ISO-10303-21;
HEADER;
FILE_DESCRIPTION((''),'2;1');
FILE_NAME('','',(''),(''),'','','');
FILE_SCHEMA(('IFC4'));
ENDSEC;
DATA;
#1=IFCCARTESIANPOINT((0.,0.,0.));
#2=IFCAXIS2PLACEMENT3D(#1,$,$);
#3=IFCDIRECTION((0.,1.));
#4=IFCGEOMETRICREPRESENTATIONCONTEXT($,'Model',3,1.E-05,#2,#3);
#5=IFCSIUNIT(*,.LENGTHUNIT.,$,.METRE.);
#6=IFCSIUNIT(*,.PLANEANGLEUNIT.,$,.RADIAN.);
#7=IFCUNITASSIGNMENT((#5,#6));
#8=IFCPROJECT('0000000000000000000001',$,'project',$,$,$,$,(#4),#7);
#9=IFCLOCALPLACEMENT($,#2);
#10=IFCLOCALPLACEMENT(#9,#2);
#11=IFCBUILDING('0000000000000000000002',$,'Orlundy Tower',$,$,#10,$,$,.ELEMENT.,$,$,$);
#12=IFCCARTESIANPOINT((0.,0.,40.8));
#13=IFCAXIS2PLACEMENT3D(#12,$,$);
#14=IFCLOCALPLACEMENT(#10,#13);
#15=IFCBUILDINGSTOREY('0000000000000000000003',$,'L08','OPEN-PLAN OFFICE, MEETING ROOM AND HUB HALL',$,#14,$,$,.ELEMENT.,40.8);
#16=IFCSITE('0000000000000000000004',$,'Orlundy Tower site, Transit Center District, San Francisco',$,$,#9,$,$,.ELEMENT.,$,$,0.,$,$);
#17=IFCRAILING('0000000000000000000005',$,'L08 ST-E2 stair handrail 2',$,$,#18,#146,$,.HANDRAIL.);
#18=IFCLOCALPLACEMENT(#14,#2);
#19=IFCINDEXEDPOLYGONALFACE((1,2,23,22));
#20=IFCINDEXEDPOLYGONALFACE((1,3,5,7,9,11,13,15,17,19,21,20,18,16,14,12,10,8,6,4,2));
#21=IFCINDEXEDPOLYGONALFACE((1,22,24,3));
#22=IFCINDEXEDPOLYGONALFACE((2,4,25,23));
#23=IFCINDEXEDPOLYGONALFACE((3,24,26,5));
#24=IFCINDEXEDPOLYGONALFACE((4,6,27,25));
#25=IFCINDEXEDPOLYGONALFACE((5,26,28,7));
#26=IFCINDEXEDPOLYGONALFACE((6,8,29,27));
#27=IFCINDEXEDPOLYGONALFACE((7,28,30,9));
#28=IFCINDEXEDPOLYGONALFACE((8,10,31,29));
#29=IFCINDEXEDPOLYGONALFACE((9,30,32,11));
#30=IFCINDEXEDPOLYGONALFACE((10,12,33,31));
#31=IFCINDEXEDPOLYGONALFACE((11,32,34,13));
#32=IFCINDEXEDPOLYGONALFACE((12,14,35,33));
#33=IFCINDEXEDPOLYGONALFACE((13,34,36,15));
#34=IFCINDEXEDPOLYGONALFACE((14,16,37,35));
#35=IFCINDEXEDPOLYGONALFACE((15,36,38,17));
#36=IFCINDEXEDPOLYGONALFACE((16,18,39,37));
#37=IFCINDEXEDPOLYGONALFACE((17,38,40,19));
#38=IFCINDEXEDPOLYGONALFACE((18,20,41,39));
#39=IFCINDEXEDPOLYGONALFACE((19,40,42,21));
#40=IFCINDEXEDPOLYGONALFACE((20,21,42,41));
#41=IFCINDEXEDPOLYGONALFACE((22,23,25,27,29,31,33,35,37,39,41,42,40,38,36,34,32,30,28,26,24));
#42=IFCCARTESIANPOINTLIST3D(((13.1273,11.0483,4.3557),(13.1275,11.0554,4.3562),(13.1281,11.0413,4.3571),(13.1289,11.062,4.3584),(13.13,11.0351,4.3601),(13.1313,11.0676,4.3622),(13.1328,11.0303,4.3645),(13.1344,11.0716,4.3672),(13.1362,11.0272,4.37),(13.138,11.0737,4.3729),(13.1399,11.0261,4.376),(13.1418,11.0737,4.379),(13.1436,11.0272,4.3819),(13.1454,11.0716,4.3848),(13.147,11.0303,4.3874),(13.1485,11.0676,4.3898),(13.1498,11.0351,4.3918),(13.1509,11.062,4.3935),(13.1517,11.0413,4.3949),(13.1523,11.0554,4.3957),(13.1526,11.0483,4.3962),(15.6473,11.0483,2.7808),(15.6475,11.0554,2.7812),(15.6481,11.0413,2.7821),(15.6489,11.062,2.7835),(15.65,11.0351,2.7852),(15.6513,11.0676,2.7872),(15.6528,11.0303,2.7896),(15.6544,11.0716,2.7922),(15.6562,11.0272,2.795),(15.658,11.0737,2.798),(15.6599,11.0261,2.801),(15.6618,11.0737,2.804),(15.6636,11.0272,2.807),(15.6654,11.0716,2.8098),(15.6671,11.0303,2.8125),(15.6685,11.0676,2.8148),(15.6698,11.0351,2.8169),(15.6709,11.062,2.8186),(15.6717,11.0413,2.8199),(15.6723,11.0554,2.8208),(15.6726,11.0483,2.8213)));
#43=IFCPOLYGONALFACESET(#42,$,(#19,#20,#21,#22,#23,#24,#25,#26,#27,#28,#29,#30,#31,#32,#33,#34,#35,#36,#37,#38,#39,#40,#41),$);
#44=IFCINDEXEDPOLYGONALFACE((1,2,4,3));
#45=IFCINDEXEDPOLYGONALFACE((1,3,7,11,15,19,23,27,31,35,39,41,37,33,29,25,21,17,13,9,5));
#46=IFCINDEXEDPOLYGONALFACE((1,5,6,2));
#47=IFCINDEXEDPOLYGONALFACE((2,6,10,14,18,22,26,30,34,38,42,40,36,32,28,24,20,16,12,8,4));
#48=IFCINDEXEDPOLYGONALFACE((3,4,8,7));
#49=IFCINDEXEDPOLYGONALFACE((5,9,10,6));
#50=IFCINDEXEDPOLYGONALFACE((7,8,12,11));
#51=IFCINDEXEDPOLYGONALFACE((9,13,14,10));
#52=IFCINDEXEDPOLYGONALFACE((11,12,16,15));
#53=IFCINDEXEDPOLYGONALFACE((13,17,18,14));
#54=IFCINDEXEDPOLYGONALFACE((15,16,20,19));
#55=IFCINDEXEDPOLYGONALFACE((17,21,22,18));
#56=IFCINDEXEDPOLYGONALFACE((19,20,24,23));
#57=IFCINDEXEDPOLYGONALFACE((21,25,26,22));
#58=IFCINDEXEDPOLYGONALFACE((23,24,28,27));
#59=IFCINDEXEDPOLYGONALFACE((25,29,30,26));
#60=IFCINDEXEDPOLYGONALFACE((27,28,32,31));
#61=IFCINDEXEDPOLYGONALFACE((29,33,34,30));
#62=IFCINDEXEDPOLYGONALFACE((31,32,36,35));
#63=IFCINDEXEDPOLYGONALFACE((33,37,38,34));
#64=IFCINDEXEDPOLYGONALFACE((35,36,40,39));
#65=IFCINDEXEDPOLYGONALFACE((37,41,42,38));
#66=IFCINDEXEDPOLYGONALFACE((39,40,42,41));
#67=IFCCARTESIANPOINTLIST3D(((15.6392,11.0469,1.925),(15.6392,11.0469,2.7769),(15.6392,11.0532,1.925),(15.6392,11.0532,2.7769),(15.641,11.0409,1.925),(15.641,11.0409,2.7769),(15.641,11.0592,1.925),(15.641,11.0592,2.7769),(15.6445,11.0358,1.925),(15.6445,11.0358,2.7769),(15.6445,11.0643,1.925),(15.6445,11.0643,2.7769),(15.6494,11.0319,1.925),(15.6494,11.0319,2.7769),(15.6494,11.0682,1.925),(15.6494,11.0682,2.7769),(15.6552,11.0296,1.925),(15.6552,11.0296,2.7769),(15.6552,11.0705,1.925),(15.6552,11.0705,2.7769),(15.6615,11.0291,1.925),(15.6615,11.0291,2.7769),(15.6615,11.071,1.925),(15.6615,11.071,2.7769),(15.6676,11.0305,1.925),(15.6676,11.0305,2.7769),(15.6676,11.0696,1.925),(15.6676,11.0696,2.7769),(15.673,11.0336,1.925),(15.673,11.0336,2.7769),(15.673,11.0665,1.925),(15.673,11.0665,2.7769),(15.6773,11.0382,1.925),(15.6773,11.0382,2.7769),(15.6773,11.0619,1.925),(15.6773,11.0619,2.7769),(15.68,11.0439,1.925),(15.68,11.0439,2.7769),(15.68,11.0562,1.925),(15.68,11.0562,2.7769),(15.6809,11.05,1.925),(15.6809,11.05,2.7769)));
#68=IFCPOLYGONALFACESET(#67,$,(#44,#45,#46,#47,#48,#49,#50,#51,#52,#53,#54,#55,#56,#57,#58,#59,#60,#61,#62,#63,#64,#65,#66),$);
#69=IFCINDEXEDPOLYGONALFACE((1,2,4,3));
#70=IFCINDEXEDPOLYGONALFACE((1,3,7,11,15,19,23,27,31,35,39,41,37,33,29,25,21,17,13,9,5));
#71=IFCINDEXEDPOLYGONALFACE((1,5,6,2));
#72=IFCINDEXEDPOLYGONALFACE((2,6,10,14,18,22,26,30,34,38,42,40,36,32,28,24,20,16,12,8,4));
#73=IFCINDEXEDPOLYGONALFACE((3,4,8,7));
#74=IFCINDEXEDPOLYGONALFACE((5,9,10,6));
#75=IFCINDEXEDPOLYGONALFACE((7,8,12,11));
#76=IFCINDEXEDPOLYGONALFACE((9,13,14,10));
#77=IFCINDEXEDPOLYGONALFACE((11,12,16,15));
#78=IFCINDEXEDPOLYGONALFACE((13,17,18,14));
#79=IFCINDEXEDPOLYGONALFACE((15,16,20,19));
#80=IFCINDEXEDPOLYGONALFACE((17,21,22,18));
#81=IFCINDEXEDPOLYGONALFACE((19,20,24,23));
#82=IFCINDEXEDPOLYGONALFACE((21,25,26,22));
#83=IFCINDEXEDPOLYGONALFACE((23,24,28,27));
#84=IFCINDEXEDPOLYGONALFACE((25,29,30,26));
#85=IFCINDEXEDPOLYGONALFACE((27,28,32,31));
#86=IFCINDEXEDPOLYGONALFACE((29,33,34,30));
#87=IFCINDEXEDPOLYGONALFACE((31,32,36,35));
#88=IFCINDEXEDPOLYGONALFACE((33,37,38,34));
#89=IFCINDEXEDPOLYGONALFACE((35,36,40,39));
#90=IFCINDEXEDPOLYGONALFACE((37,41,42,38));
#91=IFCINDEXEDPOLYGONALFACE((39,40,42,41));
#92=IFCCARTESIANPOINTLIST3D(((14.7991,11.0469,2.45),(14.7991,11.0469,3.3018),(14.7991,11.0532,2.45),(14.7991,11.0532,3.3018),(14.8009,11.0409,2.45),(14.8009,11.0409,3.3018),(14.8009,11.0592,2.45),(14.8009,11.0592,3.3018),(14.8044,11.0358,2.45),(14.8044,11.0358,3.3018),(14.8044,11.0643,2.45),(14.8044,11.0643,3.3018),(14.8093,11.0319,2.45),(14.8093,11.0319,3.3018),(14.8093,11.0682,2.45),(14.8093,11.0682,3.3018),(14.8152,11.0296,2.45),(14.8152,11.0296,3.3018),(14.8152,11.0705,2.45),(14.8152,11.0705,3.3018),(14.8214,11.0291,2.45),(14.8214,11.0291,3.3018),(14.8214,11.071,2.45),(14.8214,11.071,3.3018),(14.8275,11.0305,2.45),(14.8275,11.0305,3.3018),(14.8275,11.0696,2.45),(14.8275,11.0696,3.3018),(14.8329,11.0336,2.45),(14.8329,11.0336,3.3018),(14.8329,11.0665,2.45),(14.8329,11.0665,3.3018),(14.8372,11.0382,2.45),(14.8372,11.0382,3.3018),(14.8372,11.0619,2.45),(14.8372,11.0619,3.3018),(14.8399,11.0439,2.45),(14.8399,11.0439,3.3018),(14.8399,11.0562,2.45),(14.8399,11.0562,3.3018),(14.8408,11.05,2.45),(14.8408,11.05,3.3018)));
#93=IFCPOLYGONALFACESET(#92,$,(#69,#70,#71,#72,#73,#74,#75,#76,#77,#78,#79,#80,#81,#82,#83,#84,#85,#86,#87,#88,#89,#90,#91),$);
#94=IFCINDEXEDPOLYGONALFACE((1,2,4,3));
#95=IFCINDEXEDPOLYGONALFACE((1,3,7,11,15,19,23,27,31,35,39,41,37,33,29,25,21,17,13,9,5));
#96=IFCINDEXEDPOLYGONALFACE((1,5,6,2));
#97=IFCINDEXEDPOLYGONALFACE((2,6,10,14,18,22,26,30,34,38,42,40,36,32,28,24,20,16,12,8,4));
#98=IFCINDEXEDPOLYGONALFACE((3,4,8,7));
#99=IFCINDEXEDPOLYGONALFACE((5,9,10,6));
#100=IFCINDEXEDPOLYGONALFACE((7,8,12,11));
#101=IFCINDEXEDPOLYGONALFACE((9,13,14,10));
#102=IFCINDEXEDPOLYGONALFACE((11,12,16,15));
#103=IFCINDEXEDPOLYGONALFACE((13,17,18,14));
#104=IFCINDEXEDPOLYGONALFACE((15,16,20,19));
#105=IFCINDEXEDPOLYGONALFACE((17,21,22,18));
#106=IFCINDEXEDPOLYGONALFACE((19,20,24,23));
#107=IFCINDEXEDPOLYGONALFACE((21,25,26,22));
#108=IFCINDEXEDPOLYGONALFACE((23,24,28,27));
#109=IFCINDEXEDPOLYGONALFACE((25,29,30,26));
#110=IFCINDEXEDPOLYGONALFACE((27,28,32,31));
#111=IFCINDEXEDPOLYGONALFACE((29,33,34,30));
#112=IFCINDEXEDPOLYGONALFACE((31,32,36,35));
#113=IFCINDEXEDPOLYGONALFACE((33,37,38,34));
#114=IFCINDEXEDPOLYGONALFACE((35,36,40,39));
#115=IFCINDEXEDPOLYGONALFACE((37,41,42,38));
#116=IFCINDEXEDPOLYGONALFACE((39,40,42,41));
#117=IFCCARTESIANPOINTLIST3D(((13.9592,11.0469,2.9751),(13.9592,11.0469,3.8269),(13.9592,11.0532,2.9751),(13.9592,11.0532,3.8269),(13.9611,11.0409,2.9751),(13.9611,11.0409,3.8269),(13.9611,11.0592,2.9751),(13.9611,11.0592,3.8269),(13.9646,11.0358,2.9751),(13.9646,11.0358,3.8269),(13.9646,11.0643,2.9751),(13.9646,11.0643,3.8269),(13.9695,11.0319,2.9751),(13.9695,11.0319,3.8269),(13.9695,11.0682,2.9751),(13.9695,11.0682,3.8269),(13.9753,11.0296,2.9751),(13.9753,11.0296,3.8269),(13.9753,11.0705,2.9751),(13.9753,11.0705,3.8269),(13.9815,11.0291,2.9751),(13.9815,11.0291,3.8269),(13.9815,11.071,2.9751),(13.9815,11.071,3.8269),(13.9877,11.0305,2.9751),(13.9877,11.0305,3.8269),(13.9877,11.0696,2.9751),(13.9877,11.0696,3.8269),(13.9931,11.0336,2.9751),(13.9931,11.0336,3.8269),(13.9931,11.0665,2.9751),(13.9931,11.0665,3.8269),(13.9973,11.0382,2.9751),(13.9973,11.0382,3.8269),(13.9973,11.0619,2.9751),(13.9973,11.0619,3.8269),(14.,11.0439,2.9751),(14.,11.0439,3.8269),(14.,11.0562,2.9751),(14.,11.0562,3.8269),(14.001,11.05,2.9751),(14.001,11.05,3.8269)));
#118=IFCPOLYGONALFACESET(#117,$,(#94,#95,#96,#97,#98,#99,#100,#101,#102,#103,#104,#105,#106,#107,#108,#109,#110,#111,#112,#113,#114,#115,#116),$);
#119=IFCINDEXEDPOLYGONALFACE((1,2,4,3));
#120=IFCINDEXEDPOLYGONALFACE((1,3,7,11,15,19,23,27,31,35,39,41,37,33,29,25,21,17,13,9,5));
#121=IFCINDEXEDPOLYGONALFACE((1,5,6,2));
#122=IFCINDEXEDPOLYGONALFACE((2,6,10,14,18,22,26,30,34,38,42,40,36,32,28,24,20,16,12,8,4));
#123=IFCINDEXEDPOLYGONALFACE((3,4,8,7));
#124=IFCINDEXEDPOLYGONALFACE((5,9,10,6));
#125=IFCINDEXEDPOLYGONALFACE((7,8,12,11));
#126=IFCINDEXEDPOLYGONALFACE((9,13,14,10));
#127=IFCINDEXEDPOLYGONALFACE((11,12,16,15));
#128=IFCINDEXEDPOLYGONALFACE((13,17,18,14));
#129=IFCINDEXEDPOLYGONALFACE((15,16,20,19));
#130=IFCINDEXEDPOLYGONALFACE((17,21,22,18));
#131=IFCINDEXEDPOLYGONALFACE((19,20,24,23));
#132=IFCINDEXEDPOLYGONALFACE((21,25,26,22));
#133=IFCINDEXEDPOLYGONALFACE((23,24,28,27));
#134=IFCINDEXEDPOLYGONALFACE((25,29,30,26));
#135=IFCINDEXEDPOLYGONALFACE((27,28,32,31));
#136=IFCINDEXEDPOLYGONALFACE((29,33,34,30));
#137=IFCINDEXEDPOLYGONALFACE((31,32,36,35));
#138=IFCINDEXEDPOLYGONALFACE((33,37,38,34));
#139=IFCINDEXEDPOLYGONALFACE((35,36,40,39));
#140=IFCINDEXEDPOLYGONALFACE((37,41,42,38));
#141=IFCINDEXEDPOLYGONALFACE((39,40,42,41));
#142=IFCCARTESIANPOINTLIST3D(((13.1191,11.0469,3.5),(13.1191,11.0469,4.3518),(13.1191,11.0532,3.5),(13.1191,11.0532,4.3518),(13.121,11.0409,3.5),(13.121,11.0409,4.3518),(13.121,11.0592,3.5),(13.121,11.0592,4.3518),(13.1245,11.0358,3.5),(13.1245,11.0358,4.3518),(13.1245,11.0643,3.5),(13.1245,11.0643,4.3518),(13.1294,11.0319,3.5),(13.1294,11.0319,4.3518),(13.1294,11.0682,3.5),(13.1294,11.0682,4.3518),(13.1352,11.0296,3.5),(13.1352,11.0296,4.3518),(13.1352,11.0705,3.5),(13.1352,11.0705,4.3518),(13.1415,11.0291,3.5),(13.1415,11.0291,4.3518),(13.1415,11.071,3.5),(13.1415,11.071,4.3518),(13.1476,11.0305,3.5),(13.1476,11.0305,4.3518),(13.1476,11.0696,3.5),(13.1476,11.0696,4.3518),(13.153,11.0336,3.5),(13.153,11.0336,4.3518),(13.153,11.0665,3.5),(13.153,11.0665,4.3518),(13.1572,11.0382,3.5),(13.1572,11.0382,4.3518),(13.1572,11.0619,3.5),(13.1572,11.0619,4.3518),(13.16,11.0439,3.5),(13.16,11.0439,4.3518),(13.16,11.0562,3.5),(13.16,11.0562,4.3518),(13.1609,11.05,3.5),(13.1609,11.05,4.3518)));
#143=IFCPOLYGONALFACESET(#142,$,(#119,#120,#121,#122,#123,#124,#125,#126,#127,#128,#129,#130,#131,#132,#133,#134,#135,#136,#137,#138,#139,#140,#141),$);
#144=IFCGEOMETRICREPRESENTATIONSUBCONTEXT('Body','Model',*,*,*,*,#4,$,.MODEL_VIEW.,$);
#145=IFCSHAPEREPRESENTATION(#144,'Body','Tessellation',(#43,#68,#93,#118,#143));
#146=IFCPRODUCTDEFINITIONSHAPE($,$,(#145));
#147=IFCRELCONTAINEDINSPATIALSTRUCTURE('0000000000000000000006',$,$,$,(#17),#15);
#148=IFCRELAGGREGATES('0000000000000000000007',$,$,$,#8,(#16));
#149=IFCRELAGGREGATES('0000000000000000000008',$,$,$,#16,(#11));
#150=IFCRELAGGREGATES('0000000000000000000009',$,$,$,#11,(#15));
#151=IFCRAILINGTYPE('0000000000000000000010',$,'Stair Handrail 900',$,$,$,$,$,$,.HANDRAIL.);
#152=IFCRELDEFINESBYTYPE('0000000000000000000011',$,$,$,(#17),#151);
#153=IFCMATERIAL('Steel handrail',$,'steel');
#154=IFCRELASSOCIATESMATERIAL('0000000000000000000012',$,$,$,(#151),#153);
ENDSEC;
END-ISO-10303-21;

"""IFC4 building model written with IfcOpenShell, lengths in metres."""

from ifc_helpers import new_model, si_unit, direction, frame, origin, origin_2d, place, context, subcontext, project, spatial, circle, extrude, material, type_object, element, save


model = new_model("IFC4")

# Units and contexts
model_context = context("Model", 3, precision=1e-05, world=origin(), true_north=direction((0.0, 1.0)))
body_context = subcontext(model_context, "Body", "Model", "MODEL_VIEW")
ifc_project = project(units=[si_unit("LENGTHUNIT", "METRE"), si_unit("PLANEANGLEUNIT", "RADIAN")], contexts=[model_context])

# Site, building, storey
site_placement = place(None, origin())
site = spatial("IfcSite", under=ifc_project, at=site_placement, Name="Orlundy Tower site, Transit Center District, San Francisco", CompositionType="ELEMENT", RefElevation=0.0)
building_placement = place(site_placement, origin())
building = spatial("IfcBuilding", under=site, at=building_placement, Name="Orlundy Tower", CompositionType="ELEMENT")
storey_placement = place(building_placement, frame((0.0, 0.0, 40.8)))
storey = spatial("IfcBuildingStorey", under=building, at=storey_placement, Name="L08", Description="OPEN-PLAN OFFICE, MEETING ROOM AND HUB HALL", CompositionType="ELEMENT", Elevation=40.8)

# Railing
ifc_material_1 = material(Name="Steel handrail", Category="steel")
railing_type_1 = type_object("IfcRailingType", Name="Stair Handrail 900", PredefinedType="HANDRAIL", material=ifc_material_1)
railing_1_placement = place(storey_placement, frame((15.6599, 11.05, 1.925)))
element("IfcRailing", 1, at=railing_1_placement, inside=storey, type_object=railing_type_1, Name="L08 ST-E2 stair handrail 2", PredefinedType="HANDRAIL", context=body_context, shape_type="SweptSolid", body=[
    extrude(circle(Radius=0.0239, at=origin_2d()), frame((0.0, 0.0, 0.876), z_axis=(-0.848008, 0.0, 0.529984), x_axis=(0.0, -1.0, 0.0)), (0.0, 0.0, 1.0), 2.9717),
    extrude(circle(Radius=0.021, at=origin_2d()), origin(), (0.0, 0.0, 1.0), 0.8518),
    extrude(circle(Radius=0.021, at=origin_2d()), frame((-0.8401, 0.0, 0.5249)), (0.0, 0.0, 1.0), 0.8518),
    extrude(circle(Radius=0.021, at=origin_2d()), frame((-1.6799, 0.0, 1.05)), (0.0, 0.0, 1.0), 0.8518),
    extrude(circle(Radius=0.021, at=origin_2d()), frame((-2.52, 0.0, 1.575)), (0.0, 0.0, 1.0), 0.8518),
])

save(model, "model.ifc")
